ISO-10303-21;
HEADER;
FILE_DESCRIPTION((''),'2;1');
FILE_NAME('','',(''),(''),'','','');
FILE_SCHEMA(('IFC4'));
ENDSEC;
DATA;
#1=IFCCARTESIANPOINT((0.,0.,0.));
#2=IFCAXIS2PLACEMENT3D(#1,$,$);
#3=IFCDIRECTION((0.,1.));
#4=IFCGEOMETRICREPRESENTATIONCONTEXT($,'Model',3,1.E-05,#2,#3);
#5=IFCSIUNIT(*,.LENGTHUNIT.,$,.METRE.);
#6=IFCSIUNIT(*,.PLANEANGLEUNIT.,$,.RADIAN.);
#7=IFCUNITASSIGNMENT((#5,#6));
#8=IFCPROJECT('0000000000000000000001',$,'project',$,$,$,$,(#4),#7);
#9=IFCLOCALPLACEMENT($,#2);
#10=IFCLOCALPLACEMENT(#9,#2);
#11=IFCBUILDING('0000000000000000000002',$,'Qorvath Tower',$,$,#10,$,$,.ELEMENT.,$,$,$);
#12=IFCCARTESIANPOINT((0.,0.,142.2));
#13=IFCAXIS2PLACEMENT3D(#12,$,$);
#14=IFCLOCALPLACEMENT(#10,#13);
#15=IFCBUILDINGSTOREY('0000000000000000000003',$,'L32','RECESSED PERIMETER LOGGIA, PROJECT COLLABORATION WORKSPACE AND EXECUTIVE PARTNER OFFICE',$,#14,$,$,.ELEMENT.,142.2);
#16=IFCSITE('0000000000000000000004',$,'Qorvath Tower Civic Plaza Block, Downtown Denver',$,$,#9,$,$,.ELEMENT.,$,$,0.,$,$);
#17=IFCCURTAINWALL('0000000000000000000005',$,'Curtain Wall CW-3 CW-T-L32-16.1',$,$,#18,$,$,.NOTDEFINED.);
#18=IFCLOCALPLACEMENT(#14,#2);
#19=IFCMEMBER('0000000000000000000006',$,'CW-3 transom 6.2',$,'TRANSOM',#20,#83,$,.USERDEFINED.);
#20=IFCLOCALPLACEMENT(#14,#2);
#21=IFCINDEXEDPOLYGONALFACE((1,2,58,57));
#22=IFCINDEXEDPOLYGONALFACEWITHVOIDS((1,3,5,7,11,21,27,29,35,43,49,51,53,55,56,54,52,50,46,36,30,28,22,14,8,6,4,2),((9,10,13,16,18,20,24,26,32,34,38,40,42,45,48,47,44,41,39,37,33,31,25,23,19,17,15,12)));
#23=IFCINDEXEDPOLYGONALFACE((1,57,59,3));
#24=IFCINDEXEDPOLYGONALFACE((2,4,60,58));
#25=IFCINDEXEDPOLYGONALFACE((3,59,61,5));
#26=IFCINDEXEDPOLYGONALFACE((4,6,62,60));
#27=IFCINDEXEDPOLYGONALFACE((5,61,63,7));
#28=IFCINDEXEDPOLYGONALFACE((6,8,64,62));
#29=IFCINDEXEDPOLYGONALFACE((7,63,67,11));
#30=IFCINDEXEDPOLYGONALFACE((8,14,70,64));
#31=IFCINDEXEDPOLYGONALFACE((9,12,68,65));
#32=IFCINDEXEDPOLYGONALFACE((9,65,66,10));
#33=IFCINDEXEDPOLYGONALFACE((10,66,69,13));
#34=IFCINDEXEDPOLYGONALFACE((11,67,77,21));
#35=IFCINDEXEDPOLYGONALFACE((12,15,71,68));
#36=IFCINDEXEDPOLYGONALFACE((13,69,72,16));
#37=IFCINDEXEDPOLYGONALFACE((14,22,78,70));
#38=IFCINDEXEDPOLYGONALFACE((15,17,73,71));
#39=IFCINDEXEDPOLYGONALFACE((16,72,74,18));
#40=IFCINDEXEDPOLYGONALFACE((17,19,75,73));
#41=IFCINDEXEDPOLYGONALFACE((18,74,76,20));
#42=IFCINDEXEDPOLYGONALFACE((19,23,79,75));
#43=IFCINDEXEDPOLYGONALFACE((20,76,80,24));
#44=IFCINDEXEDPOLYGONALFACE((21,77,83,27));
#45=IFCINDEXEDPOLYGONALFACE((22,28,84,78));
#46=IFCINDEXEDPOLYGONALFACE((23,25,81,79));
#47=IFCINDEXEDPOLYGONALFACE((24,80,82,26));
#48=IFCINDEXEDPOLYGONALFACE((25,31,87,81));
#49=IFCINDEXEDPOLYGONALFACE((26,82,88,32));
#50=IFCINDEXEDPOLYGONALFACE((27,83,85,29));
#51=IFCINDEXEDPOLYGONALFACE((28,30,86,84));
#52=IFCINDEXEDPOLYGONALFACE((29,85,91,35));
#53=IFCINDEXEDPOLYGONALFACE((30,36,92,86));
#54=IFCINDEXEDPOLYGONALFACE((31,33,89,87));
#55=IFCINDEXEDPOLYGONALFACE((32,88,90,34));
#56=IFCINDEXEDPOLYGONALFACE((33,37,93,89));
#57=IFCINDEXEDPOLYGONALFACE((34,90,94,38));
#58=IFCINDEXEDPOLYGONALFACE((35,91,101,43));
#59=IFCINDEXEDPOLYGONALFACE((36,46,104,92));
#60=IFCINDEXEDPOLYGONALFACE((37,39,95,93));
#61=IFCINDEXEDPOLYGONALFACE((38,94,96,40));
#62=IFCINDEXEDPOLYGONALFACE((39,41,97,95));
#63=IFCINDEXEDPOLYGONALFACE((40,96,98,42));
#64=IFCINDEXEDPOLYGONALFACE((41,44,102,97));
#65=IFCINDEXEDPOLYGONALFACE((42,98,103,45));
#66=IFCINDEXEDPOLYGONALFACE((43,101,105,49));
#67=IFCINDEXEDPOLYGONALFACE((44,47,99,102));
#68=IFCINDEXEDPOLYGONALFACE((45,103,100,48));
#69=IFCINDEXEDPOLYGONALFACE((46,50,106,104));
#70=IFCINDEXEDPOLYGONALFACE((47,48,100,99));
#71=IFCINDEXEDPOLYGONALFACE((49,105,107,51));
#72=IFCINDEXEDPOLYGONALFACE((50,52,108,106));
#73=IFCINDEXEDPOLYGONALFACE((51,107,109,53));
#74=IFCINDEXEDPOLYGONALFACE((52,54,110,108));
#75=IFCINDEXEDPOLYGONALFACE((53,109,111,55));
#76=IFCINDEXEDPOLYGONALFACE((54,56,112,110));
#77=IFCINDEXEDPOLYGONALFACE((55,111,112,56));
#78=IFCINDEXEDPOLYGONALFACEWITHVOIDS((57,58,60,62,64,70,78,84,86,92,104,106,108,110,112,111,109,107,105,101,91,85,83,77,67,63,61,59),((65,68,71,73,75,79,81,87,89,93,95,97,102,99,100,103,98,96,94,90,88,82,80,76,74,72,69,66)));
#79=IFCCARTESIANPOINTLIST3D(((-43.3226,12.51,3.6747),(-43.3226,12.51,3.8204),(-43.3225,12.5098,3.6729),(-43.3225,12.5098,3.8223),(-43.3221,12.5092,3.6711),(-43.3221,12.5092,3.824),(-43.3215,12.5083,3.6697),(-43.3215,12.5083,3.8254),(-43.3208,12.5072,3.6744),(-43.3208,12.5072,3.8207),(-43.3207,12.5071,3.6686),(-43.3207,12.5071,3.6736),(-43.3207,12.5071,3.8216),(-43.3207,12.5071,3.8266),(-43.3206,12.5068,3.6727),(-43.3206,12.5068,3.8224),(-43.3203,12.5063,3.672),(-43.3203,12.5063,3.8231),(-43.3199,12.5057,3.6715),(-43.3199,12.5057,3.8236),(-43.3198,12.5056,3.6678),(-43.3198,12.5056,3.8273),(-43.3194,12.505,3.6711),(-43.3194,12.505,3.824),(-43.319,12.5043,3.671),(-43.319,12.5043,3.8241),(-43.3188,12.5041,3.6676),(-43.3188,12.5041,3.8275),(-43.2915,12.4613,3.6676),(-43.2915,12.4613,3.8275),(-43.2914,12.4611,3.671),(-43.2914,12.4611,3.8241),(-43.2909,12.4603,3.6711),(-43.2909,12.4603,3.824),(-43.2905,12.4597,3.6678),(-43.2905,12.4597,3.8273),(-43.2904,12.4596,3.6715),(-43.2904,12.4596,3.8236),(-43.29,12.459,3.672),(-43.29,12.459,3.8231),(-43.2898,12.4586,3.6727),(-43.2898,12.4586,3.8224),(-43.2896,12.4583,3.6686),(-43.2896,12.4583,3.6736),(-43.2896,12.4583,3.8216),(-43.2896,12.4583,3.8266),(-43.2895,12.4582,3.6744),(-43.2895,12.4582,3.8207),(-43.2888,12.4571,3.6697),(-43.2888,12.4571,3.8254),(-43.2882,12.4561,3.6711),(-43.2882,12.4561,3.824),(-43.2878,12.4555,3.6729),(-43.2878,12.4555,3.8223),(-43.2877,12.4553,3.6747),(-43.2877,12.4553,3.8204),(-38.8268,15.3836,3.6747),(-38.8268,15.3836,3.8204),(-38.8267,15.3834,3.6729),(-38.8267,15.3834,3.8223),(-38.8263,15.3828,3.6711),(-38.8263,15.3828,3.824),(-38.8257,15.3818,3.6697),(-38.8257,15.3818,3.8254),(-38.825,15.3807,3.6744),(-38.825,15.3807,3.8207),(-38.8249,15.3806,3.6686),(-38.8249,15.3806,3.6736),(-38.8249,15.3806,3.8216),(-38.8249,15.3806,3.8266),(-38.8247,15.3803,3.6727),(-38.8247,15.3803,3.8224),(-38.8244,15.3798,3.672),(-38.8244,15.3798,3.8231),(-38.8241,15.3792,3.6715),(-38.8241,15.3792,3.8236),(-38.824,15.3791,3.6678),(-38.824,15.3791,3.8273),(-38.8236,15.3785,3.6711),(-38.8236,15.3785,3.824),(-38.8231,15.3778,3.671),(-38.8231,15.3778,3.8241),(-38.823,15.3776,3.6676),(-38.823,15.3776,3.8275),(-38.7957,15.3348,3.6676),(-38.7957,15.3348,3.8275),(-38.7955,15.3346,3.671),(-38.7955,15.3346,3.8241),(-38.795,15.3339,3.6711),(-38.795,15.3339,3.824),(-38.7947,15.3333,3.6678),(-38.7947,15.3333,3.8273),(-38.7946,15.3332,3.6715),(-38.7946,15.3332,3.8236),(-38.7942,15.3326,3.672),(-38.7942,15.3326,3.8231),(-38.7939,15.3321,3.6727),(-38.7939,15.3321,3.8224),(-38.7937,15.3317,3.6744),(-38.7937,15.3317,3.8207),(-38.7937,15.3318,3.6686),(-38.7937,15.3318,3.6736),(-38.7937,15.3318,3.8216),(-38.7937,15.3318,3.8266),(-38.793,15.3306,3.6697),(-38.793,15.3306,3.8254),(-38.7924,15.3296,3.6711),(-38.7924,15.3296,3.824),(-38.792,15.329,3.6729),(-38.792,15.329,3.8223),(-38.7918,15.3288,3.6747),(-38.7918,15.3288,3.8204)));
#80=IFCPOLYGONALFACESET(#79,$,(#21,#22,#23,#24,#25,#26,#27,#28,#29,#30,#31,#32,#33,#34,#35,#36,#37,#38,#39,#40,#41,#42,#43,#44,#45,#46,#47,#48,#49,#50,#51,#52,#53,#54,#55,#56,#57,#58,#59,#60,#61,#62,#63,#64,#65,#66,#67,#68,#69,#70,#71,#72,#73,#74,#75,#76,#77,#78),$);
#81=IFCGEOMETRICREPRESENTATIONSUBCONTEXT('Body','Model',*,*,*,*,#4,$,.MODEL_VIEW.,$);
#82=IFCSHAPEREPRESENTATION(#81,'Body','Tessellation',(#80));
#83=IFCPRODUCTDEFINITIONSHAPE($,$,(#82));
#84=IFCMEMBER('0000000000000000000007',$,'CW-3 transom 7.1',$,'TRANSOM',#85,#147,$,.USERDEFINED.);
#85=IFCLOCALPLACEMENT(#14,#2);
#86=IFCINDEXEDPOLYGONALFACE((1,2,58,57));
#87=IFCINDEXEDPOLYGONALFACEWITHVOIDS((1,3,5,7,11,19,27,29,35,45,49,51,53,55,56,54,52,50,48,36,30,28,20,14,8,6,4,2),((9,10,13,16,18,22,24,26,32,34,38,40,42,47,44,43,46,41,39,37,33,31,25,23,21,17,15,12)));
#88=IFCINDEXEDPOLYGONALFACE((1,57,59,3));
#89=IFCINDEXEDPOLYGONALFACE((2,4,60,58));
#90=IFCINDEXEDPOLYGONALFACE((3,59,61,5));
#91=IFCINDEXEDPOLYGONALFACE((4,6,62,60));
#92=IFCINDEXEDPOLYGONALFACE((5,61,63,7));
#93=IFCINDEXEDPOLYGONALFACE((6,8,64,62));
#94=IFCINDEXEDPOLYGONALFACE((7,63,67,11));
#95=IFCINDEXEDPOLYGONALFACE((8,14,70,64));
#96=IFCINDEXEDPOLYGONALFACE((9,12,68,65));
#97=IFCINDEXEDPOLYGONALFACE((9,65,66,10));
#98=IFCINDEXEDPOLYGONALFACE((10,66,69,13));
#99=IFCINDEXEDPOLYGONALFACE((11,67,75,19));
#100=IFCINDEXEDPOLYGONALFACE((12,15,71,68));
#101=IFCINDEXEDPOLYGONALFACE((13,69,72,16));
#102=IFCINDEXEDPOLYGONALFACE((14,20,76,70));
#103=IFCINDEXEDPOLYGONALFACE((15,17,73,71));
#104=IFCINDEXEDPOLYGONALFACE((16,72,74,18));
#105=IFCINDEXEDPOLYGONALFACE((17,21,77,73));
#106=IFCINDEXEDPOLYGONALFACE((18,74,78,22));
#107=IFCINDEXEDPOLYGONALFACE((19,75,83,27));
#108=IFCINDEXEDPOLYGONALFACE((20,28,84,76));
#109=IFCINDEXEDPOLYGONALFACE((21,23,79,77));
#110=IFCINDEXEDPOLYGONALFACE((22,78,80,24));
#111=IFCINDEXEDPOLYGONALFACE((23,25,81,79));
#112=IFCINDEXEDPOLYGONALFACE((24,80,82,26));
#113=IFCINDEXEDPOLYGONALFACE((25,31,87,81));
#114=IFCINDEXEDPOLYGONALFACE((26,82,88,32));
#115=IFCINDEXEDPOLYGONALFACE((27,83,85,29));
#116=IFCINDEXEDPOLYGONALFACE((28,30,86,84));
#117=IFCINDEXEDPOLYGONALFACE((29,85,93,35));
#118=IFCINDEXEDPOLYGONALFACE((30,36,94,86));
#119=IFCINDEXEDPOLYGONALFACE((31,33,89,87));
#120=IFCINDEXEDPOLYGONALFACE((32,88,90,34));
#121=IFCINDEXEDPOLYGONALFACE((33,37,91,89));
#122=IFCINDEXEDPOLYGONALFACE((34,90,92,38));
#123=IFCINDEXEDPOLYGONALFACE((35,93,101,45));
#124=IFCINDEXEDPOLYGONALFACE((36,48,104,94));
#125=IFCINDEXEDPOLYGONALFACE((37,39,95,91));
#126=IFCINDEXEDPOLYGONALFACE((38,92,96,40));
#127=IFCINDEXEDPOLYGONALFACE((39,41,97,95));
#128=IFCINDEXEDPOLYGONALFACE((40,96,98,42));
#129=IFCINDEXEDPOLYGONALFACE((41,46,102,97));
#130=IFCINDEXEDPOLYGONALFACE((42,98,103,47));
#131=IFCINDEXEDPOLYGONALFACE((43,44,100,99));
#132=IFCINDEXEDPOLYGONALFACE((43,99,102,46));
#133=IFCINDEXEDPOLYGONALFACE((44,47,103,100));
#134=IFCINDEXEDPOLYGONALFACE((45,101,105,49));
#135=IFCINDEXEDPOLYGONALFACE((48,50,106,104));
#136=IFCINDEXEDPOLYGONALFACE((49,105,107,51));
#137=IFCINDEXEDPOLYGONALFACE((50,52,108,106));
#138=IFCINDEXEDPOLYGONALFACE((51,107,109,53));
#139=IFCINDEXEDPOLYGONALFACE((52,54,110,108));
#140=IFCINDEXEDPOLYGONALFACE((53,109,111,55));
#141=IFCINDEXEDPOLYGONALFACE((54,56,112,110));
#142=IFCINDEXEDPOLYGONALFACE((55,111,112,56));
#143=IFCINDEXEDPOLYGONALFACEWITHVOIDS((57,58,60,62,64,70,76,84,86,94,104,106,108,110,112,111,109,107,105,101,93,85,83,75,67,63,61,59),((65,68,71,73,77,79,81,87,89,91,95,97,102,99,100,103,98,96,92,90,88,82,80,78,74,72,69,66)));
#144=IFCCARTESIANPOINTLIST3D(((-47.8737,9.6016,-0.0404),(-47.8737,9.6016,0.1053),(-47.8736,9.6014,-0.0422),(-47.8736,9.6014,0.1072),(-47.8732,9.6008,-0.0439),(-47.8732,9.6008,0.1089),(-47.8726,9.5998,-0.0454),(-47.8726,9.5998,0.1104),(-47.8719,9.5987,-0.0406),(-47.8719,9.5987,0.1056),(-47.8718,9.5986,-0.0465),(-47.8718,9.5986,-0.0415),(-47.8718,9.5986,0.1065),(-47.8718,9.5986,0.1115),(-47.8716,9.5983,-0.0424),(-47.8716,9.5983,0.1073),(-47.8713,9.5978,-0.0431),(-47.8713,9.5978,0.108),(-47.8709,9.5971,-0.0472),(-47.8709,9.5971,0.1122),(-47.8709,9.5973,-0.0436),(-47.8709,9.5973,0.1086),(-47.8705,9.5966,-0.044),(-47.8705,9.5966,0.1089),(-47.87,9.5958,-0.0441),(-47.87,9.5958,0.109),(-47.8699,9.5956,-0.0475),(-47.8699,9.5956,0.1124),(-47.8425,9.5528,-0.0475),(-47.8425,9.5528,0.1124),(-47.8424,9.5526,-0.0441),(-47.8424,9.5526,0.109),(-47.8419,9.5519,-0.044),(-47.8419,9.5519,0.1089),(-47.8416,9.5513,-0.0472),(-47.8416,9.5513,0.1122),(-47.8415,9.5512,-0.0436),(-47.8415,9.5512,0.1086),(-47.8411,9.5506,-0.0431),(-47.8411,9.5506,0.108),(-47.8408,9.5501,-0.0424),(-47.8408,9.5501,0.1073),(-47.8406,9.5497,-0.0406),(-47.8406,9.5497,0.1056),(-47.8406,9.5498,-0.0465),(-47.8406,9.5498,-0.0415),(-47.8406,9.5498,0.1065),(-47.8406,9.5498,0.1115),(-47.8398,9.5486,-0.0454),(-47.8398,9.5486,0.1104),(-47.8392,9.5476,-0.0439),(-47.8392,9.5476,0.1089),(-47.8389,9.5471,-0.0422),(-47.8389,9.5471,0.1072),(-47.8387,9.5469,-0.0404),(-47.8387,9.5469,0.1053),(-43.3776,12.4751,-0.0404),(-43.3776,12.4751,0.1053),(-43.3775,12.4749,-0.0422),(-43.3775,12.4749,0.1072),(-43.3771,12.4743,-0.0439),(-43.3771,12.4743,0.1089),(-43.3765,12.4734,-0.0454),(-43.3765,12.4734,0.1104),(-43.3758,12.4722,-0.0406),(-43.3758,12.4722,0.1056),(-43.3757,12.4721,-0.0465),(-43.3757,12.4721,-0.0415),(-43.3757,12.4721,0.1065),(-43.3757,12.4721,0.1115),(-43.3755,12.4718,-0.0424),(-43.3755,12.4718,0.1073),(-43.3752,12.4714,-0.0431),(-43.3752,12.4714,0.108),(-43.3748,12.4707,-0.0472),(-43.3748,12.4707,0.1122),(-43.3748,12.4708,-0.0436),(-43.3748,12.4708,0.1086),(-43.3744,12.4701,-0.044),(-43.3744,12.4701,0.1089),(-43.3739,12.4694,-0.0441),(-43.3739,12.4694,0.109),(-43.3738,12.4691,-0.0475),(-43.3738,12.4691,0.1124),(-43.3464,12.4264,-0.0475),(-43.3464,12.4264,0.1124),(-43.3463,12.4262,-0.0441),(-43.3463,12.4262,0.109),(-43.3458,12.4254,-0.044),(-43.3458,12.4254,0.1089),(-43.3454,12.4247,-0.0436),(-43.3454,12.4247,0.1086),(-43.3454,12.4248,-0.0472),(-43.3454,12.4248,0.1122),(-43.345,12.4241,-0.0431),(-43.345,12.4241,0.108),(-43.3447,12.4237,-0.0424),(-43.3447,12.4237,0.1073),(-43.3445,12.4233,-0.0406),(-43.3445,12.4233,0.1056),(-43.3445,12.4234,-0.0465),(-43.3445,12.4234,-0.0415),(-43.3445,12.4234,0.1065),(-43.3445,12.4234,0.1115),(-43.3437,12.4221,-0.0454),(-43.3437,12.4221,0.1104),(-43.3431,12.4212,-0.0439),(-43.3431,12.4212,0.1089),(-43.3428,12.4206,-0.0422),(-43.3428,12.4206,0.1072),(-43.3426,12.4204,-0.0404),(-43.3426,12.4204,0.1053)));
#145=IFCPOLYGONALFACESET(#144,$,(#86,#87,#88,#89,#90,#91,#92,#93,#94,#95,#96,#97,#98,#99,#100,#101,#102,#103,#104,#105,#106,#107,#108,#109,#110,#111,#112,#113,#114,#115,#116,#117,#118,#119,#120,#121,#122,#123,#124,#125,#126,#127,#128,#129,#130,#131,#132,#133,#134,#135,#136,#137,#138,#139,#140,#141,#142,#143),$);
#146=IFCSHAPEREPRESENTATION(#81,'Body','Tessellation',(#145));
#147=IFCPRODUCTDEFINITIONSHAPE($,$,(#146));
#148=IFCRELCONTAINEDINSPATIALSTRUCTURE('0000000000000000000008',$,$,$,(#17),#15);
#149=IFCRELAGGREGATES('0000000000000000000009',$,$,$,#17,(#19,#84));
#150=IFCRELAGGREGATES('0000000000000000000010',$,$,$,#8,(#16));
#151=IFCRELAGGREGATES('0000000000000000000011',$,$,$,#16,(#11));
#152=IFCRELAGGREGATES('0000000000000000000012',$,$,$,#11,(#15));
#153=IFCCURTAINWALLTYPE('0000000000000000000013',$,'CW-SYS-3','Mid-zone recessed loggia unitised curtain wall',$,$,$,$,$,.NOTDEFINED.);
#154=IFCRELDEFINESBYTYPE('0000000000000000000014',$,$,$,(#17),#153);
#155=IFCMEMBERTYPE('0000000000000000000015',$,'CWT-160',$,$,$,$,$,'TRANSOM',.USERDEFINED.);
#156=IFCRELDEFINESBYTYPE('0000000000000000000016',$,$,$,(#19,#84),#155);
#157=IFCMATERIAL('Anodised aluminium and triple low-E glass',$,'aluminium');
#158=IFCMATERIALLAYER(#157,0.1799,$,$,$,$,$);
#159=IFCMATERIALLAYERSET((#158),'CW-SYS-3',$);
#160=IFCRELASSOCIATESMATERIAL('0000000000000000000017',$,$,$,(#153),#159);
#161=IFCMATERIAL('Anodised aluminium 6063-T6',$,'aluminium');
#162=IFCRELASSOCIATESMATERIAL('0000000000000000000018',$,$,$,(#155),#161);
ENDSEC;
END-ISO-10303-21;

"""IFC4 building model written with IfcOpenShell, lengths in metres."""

from ifc_helpers import new_model, si_unit, direction, frame, origin, origin_2d, place, context, subcontext, project, spatial, hollow_rectangle, extrude, material, layer, layer_set, material_profile, profile_set, type_object, element, aggregate, save


model = new_model("IFC4")

# Units and contexts
model_context = context("Model", 3, precision=1e-05, world=origin(), true_north=direction((0.0, 1.0)))
body_context = subcontext(model_context, "Body", "Model", "MODEL_VIEW")
ifc_project = project(units=[si_unit("LENGTHUNIT", "METRE"), si_unit("PLANEANGLEUNIT", "RADIAN")], contexts=[model_context])

# Site, building, storey
site_placement = place(None, origin())
site = spatial("IfcSite", under=ifc_project, at=site_placement, Name="Qorvath Tower Civic Plaza Block, Downtown Denver", CompositionType="ELEMENT", RefElevation=0.0)
building_placement = place(site_placement, origin())
building = spatial("IfcBuilding", under=site, at=building_placement, Name="Qorvath Tower", CompositionType="ELEMENT")
storey_placement = place(building_placement, frame((0.0, 0.0, 142.2)))
storey = spatial("IfcBuildingStorey", under=building, at=storey_placement, Name="L32", Description="RECESSED PERIMETER LOGGIA, PROJECT COLLABORATION WORKSPACE AND EXECUTIVE PARTNER OFFICE", CompositionType="ELEMENT", Elevation=142.2)

# Curtain wall, members
ifc_material_1 = material(Name="Anodised aluminium and triple low-E glass", Category="aluminium")
ifc_layer_1 = layer(ifc_material_1, 0.1799)
ifc_layer_set_1 = layer_set([ifc_layer_1], Name="CW-SYS-3")
curtain_wall_type = type_object("IfcCurtainWallType", Name="CW-SYS-3", Description="Mid-zone recessed loggia unitised curtain wall", PredefinedType="NOTDEFINED", material=ifc_layer_set_1)
curtain_wall_placement = place(storey_placement, origin())
curtain_wall = element("IfcCurtainWall", 1, at=curtain_wall_placement, inside=storey, type_object=curtain_wall_type, Name="Curtain Wall CW-3 CW-T-L32-16.1", PredefinedType="NOTDEFINED")
ifc_material_2 = material(Name="Anodised aluminium 6063-T6", Category="aluminium")
ifc_material_profile_1 = material_profile(ifc_material_2, hollow_rectangle(XDim=0.0649, YDim=0.1599, WallThickness=0.0034, InnerFilletRadius=0.0034, OuterFilletRadius=0.0071, at=origin_2d()), Name="CWT 160x65")
ifc_profile_set_1 = profile_set([ifc_material_profile_1], Name="Anodised aluminium 6063-T6")
member_type_1 = type_object("IfcMemberType", Name="CWT-160", ElementType="TRANSOM", PredefinedType="USERDEFINED", material=ifc_profile_set_1)
member_1_placement = place(storey_placement, frame((-38.8093, 15.3562, 3.7476), z_axis=(-0.842595, -0.538547, 0.0), x_axis=(0.538547, -0.842595, 0.0)))
member_1 = element("IfcMember", 2, at=member_1_placement, type_object=member_type_1, Name="CW-3 transom 6.2", ObjectType="TRANSOM", PredefinedType="USERDEFINED", context=body_context, shape_type="SweptSolid", body=[
    extrude(hollow_rectangle(XDim=0.0649, YDim=0.1599, WallThickness=0.0034, InnerFilletRadius=0.0034, OuterFilletRadius=0.0071, at=origin_2d()), origin(), (0.0, 0.0, 1.0), 5.3357),
])
member_2_placement = place(storey_placement, frame((-43.3601, 12.4478, 0.0325), z_axis=(-0.842609, -0.538526, 0.0), x_axis=(0.538526, -0.842609, 0.0)))
member_2 = element("IfcMember", 3, at=member_2_placement, type_object=member_type_1, Name="CW-3 transom 7.1", ObjectType="TRANSOM", PredefinedType="USERDEFINED", context=body_context, shape_type="SweptSolid", body=[
    extrude(hollow_rectangle(XDim=0.0649, YDim=0.1599, WallThickness=0.0034, InnerFilletRadius=0.0034, OuterFilletRadius=0.0071, at=origin_2d()), origin(), (0.0, 0.0, 1.0), 5.3359),
])
aggregate(curtain_wall, [member_1, member_2])

save(model, "model.ifc")
